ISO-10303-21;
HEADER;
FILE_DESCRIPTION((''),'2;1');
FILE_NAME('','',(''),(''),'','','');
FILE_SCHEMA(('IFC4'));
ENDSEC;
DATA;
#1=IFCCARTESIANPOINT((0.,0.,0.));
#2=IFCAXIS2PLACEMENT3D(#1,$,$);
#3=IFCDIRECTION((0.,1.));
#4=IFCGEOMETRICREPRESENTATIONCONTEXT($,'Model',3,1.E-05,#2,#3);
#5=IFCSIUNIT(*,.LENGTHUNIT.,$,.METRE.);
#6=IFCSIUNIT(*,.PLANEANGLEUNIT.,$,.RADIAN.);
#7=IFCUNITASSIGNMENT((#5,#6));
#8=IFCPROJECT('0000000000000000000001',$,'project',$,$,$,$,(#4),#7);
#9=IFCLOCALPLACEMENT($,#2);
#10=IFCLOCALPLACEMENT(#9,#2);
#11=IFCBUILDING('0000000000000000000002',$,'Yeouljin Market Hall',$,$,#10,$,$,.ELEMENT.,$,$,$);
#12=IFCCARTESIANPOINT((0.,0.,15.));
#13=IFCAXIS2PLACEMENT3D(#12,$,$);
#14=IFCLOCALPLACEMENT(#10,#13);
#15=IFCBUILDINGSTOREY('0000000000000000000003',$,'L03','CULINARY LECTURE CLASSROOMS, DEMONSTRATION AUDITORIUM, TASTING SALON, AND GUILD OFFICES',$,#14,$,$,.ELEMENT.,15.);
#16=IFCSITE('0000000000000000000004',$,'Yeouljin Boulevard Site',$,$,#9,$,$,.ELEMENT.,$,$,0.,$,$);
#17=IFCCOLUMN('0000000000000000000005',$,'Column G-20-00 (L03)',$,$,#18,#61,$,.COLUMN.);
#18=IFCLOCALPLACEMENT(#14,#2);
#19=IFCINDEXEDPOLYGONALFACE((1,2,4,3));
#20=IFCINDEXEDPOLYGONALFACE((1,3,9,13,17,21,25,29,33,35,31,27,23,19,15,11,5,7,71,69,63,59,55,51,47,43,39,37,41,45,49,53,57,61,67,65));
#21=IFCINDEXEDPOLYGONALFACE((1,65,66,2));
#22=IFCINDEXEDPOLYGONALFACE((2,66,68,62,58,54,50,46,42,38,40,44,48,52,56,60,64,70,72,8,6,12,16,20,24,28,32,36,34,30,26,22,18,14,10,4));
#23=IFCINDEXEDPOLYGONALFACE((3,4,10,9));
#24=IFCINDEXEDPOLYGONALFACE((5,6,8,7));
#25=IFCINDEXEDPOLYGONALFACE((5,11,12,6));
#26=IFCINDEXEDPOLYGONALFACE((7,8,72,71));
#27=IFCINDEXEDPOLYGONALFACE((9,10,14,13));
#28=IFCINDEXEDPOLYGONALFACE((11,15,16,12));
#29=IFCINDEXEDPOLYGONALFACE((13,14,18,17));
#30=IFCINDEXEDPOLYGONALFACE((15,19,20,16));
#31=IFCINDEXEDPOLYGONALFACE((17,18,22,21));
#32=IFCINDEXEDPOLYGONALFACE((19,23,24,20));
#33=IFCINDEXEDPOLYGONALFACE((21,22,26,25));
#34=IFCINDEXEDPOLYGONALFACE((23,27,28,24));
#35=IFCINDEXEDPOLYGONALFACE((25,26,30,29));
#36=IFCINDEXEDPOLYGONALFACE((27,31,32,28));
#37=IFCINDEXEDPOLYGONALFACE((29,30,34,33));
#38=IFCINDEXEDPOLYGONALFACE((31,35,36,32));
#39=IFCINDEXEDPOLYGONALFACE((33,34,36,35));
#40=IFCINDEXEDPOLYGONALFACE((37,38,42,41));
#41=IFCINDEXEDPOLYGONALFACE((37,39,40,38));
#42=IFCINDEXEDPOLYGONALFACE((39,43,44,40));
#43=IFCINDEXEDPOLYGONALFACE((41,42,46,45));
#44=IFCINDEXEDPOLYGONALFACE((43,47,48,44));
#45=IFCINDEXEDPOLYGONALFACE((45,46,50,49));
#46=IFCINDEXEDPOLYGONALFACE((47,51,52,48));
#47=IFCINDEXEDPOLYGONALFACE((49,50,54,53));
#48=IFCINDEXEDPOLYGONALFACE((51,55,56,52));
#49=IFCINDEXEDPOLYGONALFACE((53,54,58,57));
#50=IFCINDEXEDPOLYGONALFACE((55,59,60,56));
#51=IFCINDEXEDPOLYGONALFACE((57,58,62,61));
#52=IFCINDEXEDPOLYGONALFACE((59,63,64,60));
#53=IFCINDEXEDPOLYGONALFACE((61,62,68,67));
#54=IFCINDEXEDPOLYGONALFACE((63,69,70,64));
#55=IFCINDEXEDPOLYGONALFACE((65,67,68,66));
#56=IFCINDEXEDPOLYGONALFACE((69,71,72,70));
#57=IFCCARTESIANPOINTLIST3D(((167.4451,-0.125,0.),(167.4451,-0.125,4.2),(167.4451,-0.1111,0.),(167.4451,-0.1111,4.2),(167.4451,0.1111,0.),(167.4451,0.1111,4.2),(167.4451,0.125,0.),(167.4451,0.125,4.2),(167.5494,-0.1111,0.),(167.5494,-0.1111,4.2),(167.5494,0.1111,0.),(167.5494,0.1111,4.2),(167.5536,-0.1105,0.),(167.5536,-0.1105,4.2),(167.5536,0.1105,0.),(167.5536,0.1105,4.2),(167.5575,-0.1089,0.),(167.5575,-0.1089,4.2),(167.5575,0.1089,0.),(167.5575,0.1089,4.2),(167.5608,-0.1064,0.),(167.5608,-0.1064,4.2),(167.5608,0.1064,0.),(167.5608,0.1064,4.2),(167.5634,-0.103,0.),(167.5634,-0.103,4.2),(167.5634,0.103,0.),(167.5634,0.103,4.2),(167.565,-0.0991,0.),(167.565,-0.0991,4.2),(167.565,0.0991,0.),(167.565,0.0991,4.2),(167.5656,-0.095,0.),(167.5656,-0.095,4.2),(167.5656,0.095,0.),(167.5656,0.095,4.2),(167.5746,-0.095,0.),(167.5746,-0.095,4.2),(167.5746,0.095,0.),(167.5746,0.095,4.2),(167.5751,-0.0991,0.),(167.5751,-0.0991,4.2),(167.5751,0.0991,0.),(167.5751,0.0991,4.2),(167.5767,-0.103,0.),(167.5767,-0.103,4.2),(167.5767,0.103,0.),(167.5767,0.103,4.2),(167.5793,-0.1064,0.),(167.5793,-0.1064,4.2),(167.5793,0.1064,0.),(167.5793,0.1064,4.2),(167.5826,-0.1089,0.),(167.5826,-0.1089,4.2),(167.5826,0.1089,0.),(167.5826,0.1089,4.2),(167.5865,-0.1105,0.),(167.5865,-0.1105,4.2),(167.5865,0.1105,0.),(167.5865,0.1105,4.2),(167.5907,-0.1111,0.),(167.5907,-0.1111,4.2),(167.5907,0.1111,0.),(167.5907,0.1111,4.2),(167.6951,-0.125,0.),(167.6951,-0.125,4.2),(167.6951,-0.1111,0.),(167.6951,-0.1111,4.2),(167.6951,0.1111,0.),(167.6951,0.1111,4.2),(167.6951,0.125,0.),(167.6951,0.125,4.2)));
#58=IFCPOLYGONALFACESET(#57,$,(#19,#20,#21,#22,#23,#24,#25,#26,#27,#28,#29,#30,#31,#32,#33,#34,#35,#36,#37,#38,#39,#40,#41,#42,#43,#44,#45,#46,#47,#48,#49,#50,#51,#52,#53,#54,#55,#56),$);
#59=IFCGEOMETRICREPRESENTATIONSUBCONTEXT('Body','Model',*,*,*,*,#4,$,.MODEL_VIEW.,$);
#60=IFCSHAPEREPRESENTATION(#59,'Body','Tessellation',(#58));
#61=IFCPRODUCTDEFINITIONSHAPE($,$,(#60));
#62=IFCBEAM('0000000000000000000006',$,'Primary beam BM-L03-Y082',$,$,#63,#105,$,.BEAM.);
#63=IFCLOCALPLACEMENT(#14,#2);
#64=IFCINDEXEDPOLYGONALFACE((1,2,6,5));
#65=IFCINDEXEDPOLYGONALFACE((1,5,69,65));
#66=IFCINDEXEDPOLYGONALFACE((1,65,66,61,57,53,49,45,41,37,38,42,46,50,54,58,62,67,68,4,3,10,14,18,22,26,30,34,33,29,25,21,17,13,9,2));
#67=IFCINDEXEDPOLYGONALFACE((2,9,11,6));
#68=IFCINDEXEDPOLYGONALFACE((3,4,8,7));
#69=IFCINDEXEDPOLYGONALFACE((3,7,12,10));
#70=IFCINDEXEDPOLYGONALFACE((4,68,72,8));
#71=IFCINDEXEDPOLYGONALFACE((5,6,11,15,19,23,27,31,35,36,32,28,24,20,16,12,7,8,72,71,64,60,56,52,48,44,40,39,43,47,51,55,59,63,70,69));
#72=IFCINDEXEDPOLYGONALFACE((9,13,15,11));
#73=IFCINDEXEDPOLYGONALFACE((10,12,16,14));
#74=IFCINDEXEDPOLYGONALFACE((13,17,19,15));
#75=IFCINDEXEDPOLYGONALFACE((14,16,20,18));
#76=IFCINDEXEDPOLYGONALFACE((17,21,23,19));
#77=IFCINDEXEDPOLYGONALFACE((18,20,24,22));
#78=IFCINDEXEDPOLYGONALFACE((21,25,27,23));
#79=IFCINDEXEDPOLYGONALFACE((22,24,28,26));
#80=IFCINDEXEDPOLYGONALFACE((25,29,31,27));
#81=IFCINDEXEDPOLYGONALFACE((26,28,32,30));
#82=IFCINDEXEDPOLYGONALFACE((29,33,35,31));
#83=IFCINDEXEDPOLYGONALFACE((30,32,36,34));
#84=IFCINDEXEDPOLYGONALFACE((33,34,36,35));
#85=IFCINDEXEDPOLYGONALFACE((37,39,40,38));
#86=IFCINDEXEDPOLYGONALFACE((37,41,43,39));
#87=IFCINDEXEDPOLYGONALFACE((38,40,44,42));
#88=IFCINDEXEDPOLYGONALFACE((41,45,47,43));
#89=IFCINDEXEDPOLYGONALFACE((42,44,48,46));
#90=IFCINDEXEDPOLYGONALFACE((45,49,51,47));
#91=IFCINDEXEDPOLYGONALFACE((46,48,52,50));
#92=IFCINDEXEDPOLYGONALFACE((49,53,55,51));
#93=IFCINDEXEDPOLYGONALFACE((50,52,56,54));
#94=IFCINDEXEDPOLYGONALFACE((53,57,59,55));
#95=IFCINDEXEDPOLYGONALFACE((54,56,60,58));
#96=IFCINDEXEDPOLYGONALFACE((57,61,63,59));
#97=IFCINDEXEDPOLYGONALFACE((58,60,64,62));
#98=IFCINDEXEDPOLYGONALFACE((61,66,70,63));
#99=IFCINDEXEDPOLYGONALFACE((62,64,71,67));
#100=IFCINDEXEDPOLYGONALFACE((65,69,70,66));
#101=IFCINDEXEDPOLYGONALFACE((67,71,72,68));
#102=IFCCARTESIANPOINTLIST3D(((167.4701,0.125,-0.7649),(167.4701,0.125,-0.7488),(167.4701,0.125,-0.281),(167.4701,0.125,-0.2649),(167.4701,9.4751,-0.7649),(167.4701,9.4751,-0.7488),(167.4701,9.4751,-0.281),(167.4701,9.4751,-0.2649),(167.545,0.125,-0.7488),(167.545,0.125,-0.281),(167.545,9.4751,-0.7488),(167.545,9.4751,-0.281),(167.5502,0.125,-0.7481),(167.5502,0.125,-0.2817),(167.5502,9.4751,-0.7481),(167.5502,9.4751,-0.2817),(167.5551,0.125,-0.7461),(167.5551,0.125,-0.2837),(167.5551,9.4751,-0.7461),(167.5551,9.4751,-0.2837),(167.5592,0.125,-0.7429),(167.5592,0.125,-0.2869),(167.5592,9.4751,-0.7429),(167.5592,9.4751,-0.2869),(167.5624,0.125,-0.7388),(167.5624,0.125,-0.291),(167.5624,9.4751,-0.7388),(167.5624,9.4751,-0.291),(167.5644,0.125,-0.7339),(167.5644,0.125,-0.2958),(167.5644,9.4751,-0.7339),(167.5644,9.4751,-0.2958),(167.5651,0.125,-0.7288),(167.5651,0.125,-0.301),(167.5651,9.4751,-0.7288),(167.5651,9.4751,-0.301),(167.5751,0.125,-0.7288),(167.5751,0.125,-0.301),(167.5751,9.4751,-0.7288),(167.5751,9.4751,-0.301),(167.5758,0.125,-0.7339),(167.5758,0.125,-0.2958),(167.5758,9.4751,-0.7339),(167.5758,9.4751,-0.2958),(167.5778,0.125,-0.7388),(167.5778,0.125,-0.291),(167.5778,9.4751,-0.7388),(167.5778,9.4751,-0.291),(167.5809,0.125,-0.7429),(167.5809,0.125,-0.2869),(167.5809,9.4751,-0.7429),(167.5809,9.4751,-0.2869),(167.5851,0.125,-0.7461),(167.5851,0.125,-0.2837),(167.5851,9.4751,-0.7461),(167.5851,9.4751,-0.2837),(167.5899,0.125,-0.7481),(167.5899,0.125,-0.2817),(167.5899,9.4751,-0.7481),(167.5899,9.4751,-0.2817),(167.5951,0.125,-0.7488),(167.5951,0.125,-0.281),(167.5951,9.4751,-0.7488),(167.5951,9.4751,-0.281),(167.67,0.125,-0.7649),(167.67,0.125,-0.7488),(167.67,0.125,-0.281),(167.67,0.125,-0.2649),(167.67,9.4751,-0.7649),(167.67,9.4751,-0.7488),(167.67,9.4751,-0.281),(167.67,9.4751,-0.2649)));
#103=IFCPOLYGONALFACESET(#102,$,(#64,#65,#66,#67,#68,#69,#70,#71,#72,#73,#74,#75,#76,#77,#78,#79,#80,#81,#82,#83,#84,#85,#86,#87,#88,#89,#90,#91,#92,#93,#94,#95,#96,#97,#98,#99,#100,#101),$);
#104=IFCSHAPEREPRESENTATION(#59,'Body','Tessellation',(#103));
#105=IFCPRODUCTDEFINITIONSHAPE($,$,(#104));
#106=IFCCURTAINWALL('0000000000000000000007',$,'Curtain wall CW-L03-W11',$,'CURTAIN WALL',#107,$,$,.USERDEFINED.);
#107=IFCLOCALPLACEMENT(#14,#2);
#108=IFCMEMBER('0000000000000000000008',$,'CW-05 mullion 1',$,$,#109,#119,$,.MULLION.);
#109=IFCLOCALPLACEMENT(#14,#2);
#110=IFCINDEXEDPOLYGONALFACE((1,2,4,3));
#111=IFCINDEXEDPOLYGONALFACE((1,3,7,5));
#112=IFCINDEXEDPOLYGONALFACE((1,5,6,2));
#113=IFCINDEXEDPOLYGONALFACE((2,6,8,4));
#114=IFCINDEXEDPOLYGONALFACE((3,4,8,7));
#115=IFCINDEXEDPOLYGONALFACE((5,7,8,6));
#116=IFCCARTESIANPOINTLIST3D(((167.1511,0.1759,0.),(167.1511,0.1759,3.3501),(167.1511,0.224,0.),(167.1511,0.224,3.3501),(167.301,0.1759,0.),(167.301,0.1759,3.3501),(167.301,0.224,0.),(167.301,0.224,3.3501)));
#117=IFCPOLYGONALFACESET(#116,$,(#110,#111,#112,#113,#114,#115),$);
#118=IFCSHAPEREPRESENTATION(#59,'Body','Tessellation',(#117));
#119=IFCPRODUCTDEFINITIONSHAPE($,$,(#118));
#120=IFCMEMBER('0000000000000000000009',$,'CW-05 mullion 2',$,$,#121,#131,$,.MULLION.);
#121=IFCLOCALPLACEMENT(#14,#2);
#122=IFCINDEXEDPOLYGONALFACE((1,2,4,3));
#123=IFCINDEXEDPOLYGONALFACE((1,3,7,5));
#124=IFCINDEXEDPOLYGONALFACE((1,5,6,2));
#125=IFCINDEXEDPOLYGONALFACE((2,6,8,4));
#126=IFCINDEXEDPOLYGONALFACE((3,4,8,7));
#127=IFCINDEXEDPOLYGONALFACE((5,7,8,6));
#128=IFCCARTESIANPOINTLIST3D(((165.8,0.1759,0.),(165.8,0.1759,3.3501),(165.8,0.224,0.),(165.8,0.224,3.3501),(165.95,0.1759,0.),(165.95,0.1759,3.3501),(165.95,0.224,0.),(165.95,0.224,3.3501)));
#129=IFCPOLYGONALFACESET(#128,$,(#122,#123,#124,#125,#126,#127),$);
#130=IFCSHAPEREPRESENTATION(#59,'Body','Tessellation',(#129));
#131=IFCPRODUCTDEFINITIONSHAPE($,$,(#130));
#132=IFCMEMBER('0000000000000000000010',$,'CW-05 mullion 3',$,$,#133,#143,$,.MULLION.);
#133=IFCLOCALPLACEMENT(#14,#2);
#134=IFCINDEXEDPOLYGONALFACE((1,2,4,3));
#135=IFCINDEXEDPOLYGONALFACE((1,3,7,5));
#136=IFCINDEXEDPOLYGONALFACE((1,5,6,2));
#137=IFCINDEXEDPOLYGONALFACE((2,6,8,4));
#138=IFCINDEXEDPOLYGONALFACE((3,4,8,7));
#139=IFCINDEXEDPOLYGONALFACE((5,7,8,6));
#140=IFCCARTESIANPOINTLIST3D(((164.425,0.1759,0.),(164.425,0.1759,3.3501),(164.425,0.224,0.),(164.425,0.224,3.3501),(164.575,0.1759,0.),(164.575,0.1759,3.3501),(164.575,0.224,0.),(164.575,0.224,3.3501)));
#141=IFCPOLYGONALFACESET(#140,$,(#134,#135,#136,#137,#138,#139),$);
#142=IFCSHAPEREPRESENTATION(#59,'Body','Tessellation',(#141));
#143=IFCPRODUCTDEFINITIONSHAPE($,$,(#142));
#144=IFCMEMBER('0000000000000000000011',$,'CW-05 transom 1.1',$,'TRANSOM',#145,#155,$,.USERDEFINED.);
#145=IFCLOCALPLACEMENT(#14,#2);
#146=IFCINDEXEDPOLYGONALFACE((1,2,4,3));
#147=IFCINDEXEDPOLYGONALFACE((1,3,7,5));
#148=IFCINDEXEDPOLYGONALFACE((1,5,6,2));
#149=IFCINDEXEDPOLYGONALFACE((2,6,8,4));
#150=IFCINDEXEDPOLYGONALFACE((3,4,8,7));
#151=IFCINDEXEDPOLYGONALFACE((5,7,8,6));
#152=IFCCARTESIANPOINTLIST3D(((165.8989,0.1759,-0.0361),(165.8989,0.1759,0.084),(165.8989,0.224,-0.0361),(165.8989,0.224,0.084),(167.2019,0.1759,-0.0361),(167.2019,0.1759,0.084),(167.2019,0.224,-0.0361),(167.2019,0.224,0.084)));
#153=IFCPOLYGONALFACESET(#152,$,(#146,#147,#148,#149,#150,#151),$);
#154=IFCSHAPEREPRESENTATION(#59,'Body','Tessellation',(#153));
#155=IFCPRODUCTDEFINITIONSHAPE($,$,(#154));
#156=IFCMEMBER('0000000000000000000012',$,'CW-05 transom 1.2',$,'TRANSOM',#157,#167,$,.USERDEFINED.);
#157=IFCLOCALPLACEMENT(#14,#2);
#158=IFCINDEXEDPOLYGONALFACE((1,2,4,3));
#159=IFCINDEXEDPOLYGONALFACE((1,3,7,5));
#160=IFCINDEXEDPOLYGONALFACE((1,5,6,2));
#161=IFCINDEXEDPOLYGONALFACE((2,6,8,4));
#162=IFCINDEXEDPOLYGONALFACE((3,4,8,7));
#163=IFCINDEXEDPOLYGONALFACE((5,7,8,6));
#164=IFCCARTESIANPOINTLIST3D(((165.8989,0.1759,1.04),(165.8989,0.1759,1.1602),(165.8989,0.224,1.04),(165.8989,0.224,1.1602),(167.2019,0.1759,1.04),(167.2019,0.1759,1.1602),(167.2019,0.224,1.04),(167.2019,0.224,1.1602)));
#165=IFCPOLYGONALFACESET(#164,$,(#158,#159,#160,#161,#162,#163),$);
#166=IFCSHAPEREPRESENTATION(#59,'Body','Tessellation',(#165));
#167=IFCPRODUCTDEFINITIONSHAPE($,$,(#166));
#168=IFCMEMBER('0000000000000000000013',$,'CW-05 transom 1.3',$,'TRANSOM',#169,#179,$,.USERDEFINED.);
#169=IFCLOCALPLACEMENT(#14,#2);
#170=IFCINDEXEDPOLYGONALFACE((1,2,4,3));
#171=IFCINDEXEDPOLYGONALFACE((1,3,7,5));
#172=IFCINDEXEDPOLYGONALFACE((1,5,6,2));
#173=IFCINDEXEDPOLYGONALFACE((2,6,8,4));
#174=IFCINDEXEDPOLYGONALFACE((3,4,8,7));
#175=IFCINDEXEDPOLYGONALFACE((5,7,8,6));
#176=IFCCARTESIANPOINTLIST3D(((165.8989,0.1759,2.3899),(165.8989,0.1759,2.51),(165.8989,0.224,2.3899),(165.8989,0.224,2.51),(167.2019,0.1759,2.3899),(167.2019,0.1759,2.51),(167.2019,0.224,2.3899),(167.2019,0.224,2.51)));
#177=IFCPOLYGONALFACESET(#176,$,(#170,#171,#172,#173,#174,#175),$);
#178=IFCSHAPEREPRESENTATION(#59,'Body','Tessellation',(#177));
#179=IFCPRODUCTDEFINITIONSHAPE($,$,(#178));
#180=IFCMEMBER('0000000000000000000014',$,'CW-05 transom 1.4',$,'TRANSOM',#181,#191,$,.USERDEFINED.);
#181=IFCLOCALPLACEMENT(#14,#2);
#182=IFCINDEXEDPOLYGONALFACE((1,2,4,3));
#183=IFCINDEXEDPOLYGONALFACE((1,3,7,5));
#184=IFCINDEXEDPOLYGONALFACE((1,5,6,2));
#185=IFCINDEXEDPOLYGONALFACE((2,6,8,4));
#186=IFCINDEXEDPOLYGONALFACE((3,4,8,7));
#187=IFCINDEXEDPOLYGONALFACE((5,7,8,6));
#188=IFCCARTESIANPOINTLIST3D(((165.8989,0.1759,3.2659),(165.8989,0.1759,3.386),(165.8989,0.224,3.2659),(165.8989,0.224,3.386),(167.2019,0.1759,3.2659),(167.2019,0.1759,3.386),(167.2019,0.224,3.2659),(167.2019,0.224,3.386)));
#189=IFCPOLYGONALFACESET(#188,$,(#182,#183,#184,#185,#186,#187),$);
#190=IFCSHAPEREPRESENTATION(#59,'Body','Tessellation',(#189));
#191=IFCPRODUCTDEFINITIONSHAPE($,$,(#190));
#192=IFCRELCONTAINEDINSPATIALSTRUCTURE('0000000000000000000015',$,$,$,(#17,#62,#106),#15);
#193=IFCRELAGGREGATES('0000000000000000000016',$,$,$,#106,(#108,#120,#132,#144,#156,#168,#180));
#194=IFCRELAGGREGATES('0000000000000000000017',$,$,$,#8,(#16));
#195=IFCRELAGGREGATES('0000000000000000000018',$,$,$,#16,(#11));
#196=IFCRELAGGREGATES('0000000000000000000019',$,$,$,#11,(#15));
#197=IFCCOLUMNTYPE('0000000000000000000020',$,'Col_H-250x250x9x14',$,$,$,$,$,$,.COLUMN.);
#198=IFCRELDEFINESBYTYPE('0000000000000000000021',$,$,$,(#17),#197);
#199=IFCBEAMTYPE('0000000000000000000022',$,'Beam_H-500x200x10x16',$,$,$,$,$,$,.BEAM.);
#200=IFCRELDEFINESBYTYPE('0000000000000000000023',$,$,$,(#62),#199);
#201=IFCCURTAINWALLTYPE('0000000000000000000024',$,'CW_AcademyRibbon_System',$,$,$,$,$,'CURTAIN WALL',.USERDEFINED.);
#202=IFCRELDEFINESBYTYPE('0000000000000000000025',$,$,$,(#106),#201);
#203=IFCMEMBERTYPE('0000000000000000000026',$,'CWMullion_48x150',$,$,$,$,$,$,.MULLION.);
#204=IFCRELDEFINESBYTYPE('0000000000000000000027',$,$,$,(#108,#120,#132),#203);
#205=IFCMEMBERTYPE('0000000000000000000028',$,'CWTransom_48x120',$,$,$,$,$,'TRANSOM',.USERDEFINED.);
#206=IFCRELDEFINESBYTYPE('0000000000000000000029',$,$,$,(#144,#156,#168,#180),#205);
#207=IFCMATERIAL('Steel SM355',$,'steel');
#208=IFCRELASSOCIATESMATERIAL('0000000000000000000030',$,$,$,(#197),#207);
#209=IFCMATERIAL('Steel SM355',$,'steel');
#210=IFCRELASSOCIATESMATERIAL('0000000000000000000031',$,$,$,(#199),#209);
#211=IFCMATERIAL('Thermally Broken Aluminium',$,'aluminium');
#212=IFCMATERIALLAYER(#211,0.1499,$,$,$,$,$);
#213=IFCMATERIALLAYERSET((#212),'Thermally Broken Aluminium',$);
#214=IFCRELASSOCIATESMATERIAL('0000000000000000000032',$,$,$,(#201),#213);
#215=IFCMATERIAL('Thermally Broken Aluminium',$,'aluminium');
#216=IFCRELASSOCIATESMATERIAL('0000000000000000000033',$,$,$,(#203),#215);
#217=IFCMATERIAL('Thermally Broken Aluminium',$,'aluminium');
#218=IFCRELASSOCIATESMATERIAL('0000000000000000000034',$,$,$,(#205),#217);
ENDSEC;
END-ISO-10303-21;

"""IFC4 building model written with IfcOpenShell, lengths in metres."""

from ifc_helpers import new_model, si_unit, direction, frame, origin, origin_2d, place, context, subcontext, project, spatial, rectangle, i_section, extrude, material, layer, layer_set, material_profile, profile_set, type_object, element, aggregate, save


model = new_model("IFC4")

# Units and contexts
model_context = context("Model", 3, precision=1e-05, world=origin(), true_north=direction((0.0, 1.0)))
body_context = subcontext(model_context, "Body", "Model", "MODEL_VIEW")
ifc_project = project(units=[si_unit("LENGTHUNIT", "METRE"), si_unit("PLANEANGLEUNIT", "RADIAN")], contexts=[model_context])

# Site, building, storey
site_placement = place(None, origin())
site = spatial("IfcSite", under=ifc_project, at=site_placement, Name="Yeouljin Boulevard Site", CompositionType="ELEMENT", RefElevation=0.0)
building_placement = place(site_placement, origin())
building = spatial("IfcBuilding", under=site, at=building_placement, Name="Yeouljin Market Hall", CompositionType="ELEMENT")
storey_placement = place(building_placement, frame((0.0, 0.0, 15.0)))
storey = spatial("IfcBuildingStorey", under=building, at=storey_placement, Name="L03", Description="CULINARY LECTURE CLASSROOMS, DEMONSTRATION AUDITORIUM, TASTING SALON, AND GUILD OFFICES", CompositionType="ELEMENT", Elevation=15.0)

# Column
ifc_material_1 = material(Name="Steel SM355", Category="steel")
ifc_material_profile_1 = material_profile(ifc_material_1, i_section(OverallWidth=0.25, OverallDepth=0.25, WebThickness=0.009, FlangeThickness=0.0139, FilletRadius=0.0161, at=origin_2d()), Name="H-250x250x9x14")
ifc_profile_set_1 = profile_set([ifc_material_profile_1], Name="Steel SM355")
column_type = type_object("IfcColumnType", Name="Col_H-250x250x9x14", PredefinedType="COLUMN", material=ifc_profile_set_1)
column_placement = place(storey_placement, frame((167.5701, 0.0, 0.0), z_axis=(0.0, 0.0, 1.0), x_axis=(1.0, 0.0, 0.0)))
element("IfcColumn", 1, at=column_placement, inside=storey, type_object=column_type, Name="Column G-20-00 (L03)", PredefinedType="COLUMN", context=body_context, shape_type="SweptSolid", body=[
    extrude(i_section(OverallWidth=0.25, OverallDepth=0.25, WebThickness=0.009, FlangeThickness=0.0139, FilletRadius=0.0161, at=origin_2d()), origin(), (0.0, 0.0, 1.0), 4.2),
])

# Beam
ifc_material_2 = material(Name="Steel SM355", Category="steel")
ifc_material_profile_2 = material_profile(ifc_material_2, i_section(OverallWidth=0.2, OverallDepth=0.5, WebThickness=0.01, FlangeThickness=0.0161, FilletRadius=0.02, at=origin_2d()), Name="H-500x200x10x16")
ifc_profile_set_2 = profile_set([ifc_material_profile_2], Name="Steel SM355")
beam_type_1 = type_object("IfcBeamType", Name="Beam_H-500x200x10x16", PredefinedType="BEAM", material=ifc_profile_set_2)
beam_1_placement = place(storey_placement, frame((167.5701, 0.125, -0.5149), z_axis=(0.0, 1.0, 0.0), x_axis=(-1.0, 0.0, 0.0)))
element("IfcBeam", 2, at=beam_1_placement, inside=storey, type_object=beam_type_1, Name="Primary beam BM-L03-Y082", PredefinedType="BEAM", context=body_context, shape_type="SweptSolid", body=[
    extrude(i_section(OverallWidth=0.2, OverallDepth=0.5, WebThickness=0.01, FlangeThickness=0.0161, FilletRadius=0.02, at=origin_2d()), origin(), (0.0, 0.0, 1.0), 9.3501),
])

# Curtain wall, members
ifc_material_3 = material(Name="Thermally Broken Aluminium", Category="aluminium")
ifc_layer_1 = layer(ifc_material_3, 0.1499)
ifc_layer_set_1 = layer_set([ifc_layer_1], Name="Thermally Broken Aluminium")
curtain_wall_type = type_object("IfcCurtainWallType", Name="CW_AcademyRibbon_System", ElementType="CURTAIN WALL", PredefinedType="USERDEFINED", material=ifc_layer_set_1)
curtain_wall_placement = place(storey_placement, origin())
curtain_wall = element("IfcCurtainWall", 3, at=curtain_wall_placement, inside=storey, type_object=curtain_wall_type, Name="Curtain wall CW-L03-W11", ObjectType="CURTAIN WALL", PredefinedType="USERDEFINED")
ifc_material_4 = material(Name="Thermally Broken Aluminium", Category="aluminium")
ifc_material_profile_3 = material_profile(ifc_material_4, rectangle(XDim=0.0481, YDim=0.1499, at=origin_2d()), Name="CW-MULL-48x150")
ifc_profile_set_3 = profile_set([ifc_material_profile_3], Name="Thermally Broken Aluminium")
member_type_1 = type_object("IfcMemberType", Name="CWMullion_48x150", PredefinedType="MULLION", material=ifc_profile_set_3)
member_1_placement = place(storey_placement, frame((167.2261, 0.2, 0.0), z_axis=(0.0, 0.0, 1.0), x_axis=(0.0, -1.0, 0.0)))
member_1 = element("IfcMember", 4, at=member_1_placement, type_object=member_type_1, Name="CW-05 mullion 1", PredefinedType="MULLION", context=body_context, shape_type="SweptSolid", body=[
    extrude(rectangle(XDim=0.0481, YDim=0.1499, at=origin_2d()), origin(), (0.0, 0.0, 1.0), 3.3501),
])
member_2_placement = place(storey_placement, frame((165.875, 0.2, 0.0), z_axis=(0.0, 0.0, 1.0), x_axis=(0.0, -1.0, 0.0)))
member_2 = element("IfcMember", 5, at=member_2_placement, type_object=member_type_1, Name="CW-05 mullion 2", PredefinedType="MULLION", context=body_context, shape_type="SweptSolid", body=[
    extrude(rectangle(XDim=0.0481, YDim=0.1499, at=origin_2d()), origin(), (0.0, 0.0, 1.0), 3.3501),
])
member_3_placement = place(storey_placement, frame((164.5, 0.2, 0.0), z_axis=(0.0, 0.0, 1.0), x_axis=(0.0, -1.0, 0.0)))
member_3 = element("IfcMember", 6, at=member_3_placement, type_object=member_type_1, Name="CW-05 mullion 3", PredefinedType="MULLION", context=body_context, shape_type="SweptSolid", body=[
    extrude(rectangle(XDim=0.0481, YDim=0.1499, at=origin_2d()), origin(), (0.0, 0.0, 1.0), 3.3501),
])
ifc_material_5 = material(Name="Thermally Broken Aluminium", Category="aluminium")
ifc_material_profile_4 = material_profile(ifc_material_5, rectangle(XDim=0.0481, YDim=0.1201, at=origin_2d()), Name="CW-TRAN-48x120")
ifc_profile_set_4 = profile_set([ifc_material_profile_4], Name="Thermally Broken Aluminium")
member_type_2 = type_object("IfcMemberType", Name="CWTransom_48x120", ElementType="TRANSOM", PredefinedType="USERDEFINED", material=ifc_profile_set_4)
member_4_placement = place(storey_placement, frame((167.2019, 0.2, 0.0239), z_axis=(-1.0, 0.0, 0.0), x_axis=(0.0, -1.0, 0.0)))
member_4 = element("IfcMember", 7, at=member_4_placement, type_object=member_type_2, Name="CW-05 transom 1.1", ObjectType="TRANSOM", PredefinedType="USERDEFINED", context=body_context, shape_type="SweptSolid", body=[
    extrude(rectangle(XDim=0.0481, YDim=0.1201, at=origin_2d()), origin(), (0.0, 0.0, 1.0), 1.303),
])
member_5_placement = place(storey_placement, frame((167.2019, 0.2, 1.1001), z_axis=(-1.0, 0.0, 0.0), x_axis=(0.0, -1.0, 0.0)))
member_5 = element("IfcMember", 8, at=member_5_placement, type_object=member_type_2, Name="CW-05 transom 1.2", ObjectType="TRANSOM", PredefinedType="USERDEFINED", context=body_context, shape_type="SweptSolid", body=[
    extrude(rectangle(XDim=0.0481, YDim=0.1201, at=origin_2d()), origin(), (0.0, 0.0, 1.0), 1.303),
])
member_6_placement = place(storey_placement, frame((167.2019, 0.2, 2.45), z_axis=(-1.0, 0.0, 0.0), x_axis=(0.0, -1.0, 0.0)))
member_6 = element("IfcMember", 9, at=member_6_placement, type_object=member_type_2, Name="CW-05 transom 1.3", ObjectType="TRANSOM", PredefinedType="USERDEFINED", context=body_context, shape_type="SweptSolid", body=[
    extrude(rectangle(XDim=0.0481, YDim=0.1201, at=origin_2d()), origin(), (0.0, 0.0, 1.0), 1.303),
])
member_7_placement = place(storey_placement, frame((167.2019, 0.2, 3.3259), z_axis=(-1.0, 0.0, 0.0), x_axis=(0.0, -1.0, 0.0)))
member_7 = element("IfcMember", 10, at=member_7_placement, type_object=member_type_2, Name="CW-05 transom 1.4", ObjectType="TRANSOM", PredefinedType="USERDEFINED", context=body_context, shape_type="SweptSolid", body=[
    extrude(rectangle(XDim=0.0481, YDim=0.1201, at=origin_2d()), origin(), (0.0, 0.0, 1.0), 1.303),
])

aggregate(curtain_wall, [member_1, member_2, member_3, member_4, member_5, member_6, member_7])

save(model, "model.ifc")
